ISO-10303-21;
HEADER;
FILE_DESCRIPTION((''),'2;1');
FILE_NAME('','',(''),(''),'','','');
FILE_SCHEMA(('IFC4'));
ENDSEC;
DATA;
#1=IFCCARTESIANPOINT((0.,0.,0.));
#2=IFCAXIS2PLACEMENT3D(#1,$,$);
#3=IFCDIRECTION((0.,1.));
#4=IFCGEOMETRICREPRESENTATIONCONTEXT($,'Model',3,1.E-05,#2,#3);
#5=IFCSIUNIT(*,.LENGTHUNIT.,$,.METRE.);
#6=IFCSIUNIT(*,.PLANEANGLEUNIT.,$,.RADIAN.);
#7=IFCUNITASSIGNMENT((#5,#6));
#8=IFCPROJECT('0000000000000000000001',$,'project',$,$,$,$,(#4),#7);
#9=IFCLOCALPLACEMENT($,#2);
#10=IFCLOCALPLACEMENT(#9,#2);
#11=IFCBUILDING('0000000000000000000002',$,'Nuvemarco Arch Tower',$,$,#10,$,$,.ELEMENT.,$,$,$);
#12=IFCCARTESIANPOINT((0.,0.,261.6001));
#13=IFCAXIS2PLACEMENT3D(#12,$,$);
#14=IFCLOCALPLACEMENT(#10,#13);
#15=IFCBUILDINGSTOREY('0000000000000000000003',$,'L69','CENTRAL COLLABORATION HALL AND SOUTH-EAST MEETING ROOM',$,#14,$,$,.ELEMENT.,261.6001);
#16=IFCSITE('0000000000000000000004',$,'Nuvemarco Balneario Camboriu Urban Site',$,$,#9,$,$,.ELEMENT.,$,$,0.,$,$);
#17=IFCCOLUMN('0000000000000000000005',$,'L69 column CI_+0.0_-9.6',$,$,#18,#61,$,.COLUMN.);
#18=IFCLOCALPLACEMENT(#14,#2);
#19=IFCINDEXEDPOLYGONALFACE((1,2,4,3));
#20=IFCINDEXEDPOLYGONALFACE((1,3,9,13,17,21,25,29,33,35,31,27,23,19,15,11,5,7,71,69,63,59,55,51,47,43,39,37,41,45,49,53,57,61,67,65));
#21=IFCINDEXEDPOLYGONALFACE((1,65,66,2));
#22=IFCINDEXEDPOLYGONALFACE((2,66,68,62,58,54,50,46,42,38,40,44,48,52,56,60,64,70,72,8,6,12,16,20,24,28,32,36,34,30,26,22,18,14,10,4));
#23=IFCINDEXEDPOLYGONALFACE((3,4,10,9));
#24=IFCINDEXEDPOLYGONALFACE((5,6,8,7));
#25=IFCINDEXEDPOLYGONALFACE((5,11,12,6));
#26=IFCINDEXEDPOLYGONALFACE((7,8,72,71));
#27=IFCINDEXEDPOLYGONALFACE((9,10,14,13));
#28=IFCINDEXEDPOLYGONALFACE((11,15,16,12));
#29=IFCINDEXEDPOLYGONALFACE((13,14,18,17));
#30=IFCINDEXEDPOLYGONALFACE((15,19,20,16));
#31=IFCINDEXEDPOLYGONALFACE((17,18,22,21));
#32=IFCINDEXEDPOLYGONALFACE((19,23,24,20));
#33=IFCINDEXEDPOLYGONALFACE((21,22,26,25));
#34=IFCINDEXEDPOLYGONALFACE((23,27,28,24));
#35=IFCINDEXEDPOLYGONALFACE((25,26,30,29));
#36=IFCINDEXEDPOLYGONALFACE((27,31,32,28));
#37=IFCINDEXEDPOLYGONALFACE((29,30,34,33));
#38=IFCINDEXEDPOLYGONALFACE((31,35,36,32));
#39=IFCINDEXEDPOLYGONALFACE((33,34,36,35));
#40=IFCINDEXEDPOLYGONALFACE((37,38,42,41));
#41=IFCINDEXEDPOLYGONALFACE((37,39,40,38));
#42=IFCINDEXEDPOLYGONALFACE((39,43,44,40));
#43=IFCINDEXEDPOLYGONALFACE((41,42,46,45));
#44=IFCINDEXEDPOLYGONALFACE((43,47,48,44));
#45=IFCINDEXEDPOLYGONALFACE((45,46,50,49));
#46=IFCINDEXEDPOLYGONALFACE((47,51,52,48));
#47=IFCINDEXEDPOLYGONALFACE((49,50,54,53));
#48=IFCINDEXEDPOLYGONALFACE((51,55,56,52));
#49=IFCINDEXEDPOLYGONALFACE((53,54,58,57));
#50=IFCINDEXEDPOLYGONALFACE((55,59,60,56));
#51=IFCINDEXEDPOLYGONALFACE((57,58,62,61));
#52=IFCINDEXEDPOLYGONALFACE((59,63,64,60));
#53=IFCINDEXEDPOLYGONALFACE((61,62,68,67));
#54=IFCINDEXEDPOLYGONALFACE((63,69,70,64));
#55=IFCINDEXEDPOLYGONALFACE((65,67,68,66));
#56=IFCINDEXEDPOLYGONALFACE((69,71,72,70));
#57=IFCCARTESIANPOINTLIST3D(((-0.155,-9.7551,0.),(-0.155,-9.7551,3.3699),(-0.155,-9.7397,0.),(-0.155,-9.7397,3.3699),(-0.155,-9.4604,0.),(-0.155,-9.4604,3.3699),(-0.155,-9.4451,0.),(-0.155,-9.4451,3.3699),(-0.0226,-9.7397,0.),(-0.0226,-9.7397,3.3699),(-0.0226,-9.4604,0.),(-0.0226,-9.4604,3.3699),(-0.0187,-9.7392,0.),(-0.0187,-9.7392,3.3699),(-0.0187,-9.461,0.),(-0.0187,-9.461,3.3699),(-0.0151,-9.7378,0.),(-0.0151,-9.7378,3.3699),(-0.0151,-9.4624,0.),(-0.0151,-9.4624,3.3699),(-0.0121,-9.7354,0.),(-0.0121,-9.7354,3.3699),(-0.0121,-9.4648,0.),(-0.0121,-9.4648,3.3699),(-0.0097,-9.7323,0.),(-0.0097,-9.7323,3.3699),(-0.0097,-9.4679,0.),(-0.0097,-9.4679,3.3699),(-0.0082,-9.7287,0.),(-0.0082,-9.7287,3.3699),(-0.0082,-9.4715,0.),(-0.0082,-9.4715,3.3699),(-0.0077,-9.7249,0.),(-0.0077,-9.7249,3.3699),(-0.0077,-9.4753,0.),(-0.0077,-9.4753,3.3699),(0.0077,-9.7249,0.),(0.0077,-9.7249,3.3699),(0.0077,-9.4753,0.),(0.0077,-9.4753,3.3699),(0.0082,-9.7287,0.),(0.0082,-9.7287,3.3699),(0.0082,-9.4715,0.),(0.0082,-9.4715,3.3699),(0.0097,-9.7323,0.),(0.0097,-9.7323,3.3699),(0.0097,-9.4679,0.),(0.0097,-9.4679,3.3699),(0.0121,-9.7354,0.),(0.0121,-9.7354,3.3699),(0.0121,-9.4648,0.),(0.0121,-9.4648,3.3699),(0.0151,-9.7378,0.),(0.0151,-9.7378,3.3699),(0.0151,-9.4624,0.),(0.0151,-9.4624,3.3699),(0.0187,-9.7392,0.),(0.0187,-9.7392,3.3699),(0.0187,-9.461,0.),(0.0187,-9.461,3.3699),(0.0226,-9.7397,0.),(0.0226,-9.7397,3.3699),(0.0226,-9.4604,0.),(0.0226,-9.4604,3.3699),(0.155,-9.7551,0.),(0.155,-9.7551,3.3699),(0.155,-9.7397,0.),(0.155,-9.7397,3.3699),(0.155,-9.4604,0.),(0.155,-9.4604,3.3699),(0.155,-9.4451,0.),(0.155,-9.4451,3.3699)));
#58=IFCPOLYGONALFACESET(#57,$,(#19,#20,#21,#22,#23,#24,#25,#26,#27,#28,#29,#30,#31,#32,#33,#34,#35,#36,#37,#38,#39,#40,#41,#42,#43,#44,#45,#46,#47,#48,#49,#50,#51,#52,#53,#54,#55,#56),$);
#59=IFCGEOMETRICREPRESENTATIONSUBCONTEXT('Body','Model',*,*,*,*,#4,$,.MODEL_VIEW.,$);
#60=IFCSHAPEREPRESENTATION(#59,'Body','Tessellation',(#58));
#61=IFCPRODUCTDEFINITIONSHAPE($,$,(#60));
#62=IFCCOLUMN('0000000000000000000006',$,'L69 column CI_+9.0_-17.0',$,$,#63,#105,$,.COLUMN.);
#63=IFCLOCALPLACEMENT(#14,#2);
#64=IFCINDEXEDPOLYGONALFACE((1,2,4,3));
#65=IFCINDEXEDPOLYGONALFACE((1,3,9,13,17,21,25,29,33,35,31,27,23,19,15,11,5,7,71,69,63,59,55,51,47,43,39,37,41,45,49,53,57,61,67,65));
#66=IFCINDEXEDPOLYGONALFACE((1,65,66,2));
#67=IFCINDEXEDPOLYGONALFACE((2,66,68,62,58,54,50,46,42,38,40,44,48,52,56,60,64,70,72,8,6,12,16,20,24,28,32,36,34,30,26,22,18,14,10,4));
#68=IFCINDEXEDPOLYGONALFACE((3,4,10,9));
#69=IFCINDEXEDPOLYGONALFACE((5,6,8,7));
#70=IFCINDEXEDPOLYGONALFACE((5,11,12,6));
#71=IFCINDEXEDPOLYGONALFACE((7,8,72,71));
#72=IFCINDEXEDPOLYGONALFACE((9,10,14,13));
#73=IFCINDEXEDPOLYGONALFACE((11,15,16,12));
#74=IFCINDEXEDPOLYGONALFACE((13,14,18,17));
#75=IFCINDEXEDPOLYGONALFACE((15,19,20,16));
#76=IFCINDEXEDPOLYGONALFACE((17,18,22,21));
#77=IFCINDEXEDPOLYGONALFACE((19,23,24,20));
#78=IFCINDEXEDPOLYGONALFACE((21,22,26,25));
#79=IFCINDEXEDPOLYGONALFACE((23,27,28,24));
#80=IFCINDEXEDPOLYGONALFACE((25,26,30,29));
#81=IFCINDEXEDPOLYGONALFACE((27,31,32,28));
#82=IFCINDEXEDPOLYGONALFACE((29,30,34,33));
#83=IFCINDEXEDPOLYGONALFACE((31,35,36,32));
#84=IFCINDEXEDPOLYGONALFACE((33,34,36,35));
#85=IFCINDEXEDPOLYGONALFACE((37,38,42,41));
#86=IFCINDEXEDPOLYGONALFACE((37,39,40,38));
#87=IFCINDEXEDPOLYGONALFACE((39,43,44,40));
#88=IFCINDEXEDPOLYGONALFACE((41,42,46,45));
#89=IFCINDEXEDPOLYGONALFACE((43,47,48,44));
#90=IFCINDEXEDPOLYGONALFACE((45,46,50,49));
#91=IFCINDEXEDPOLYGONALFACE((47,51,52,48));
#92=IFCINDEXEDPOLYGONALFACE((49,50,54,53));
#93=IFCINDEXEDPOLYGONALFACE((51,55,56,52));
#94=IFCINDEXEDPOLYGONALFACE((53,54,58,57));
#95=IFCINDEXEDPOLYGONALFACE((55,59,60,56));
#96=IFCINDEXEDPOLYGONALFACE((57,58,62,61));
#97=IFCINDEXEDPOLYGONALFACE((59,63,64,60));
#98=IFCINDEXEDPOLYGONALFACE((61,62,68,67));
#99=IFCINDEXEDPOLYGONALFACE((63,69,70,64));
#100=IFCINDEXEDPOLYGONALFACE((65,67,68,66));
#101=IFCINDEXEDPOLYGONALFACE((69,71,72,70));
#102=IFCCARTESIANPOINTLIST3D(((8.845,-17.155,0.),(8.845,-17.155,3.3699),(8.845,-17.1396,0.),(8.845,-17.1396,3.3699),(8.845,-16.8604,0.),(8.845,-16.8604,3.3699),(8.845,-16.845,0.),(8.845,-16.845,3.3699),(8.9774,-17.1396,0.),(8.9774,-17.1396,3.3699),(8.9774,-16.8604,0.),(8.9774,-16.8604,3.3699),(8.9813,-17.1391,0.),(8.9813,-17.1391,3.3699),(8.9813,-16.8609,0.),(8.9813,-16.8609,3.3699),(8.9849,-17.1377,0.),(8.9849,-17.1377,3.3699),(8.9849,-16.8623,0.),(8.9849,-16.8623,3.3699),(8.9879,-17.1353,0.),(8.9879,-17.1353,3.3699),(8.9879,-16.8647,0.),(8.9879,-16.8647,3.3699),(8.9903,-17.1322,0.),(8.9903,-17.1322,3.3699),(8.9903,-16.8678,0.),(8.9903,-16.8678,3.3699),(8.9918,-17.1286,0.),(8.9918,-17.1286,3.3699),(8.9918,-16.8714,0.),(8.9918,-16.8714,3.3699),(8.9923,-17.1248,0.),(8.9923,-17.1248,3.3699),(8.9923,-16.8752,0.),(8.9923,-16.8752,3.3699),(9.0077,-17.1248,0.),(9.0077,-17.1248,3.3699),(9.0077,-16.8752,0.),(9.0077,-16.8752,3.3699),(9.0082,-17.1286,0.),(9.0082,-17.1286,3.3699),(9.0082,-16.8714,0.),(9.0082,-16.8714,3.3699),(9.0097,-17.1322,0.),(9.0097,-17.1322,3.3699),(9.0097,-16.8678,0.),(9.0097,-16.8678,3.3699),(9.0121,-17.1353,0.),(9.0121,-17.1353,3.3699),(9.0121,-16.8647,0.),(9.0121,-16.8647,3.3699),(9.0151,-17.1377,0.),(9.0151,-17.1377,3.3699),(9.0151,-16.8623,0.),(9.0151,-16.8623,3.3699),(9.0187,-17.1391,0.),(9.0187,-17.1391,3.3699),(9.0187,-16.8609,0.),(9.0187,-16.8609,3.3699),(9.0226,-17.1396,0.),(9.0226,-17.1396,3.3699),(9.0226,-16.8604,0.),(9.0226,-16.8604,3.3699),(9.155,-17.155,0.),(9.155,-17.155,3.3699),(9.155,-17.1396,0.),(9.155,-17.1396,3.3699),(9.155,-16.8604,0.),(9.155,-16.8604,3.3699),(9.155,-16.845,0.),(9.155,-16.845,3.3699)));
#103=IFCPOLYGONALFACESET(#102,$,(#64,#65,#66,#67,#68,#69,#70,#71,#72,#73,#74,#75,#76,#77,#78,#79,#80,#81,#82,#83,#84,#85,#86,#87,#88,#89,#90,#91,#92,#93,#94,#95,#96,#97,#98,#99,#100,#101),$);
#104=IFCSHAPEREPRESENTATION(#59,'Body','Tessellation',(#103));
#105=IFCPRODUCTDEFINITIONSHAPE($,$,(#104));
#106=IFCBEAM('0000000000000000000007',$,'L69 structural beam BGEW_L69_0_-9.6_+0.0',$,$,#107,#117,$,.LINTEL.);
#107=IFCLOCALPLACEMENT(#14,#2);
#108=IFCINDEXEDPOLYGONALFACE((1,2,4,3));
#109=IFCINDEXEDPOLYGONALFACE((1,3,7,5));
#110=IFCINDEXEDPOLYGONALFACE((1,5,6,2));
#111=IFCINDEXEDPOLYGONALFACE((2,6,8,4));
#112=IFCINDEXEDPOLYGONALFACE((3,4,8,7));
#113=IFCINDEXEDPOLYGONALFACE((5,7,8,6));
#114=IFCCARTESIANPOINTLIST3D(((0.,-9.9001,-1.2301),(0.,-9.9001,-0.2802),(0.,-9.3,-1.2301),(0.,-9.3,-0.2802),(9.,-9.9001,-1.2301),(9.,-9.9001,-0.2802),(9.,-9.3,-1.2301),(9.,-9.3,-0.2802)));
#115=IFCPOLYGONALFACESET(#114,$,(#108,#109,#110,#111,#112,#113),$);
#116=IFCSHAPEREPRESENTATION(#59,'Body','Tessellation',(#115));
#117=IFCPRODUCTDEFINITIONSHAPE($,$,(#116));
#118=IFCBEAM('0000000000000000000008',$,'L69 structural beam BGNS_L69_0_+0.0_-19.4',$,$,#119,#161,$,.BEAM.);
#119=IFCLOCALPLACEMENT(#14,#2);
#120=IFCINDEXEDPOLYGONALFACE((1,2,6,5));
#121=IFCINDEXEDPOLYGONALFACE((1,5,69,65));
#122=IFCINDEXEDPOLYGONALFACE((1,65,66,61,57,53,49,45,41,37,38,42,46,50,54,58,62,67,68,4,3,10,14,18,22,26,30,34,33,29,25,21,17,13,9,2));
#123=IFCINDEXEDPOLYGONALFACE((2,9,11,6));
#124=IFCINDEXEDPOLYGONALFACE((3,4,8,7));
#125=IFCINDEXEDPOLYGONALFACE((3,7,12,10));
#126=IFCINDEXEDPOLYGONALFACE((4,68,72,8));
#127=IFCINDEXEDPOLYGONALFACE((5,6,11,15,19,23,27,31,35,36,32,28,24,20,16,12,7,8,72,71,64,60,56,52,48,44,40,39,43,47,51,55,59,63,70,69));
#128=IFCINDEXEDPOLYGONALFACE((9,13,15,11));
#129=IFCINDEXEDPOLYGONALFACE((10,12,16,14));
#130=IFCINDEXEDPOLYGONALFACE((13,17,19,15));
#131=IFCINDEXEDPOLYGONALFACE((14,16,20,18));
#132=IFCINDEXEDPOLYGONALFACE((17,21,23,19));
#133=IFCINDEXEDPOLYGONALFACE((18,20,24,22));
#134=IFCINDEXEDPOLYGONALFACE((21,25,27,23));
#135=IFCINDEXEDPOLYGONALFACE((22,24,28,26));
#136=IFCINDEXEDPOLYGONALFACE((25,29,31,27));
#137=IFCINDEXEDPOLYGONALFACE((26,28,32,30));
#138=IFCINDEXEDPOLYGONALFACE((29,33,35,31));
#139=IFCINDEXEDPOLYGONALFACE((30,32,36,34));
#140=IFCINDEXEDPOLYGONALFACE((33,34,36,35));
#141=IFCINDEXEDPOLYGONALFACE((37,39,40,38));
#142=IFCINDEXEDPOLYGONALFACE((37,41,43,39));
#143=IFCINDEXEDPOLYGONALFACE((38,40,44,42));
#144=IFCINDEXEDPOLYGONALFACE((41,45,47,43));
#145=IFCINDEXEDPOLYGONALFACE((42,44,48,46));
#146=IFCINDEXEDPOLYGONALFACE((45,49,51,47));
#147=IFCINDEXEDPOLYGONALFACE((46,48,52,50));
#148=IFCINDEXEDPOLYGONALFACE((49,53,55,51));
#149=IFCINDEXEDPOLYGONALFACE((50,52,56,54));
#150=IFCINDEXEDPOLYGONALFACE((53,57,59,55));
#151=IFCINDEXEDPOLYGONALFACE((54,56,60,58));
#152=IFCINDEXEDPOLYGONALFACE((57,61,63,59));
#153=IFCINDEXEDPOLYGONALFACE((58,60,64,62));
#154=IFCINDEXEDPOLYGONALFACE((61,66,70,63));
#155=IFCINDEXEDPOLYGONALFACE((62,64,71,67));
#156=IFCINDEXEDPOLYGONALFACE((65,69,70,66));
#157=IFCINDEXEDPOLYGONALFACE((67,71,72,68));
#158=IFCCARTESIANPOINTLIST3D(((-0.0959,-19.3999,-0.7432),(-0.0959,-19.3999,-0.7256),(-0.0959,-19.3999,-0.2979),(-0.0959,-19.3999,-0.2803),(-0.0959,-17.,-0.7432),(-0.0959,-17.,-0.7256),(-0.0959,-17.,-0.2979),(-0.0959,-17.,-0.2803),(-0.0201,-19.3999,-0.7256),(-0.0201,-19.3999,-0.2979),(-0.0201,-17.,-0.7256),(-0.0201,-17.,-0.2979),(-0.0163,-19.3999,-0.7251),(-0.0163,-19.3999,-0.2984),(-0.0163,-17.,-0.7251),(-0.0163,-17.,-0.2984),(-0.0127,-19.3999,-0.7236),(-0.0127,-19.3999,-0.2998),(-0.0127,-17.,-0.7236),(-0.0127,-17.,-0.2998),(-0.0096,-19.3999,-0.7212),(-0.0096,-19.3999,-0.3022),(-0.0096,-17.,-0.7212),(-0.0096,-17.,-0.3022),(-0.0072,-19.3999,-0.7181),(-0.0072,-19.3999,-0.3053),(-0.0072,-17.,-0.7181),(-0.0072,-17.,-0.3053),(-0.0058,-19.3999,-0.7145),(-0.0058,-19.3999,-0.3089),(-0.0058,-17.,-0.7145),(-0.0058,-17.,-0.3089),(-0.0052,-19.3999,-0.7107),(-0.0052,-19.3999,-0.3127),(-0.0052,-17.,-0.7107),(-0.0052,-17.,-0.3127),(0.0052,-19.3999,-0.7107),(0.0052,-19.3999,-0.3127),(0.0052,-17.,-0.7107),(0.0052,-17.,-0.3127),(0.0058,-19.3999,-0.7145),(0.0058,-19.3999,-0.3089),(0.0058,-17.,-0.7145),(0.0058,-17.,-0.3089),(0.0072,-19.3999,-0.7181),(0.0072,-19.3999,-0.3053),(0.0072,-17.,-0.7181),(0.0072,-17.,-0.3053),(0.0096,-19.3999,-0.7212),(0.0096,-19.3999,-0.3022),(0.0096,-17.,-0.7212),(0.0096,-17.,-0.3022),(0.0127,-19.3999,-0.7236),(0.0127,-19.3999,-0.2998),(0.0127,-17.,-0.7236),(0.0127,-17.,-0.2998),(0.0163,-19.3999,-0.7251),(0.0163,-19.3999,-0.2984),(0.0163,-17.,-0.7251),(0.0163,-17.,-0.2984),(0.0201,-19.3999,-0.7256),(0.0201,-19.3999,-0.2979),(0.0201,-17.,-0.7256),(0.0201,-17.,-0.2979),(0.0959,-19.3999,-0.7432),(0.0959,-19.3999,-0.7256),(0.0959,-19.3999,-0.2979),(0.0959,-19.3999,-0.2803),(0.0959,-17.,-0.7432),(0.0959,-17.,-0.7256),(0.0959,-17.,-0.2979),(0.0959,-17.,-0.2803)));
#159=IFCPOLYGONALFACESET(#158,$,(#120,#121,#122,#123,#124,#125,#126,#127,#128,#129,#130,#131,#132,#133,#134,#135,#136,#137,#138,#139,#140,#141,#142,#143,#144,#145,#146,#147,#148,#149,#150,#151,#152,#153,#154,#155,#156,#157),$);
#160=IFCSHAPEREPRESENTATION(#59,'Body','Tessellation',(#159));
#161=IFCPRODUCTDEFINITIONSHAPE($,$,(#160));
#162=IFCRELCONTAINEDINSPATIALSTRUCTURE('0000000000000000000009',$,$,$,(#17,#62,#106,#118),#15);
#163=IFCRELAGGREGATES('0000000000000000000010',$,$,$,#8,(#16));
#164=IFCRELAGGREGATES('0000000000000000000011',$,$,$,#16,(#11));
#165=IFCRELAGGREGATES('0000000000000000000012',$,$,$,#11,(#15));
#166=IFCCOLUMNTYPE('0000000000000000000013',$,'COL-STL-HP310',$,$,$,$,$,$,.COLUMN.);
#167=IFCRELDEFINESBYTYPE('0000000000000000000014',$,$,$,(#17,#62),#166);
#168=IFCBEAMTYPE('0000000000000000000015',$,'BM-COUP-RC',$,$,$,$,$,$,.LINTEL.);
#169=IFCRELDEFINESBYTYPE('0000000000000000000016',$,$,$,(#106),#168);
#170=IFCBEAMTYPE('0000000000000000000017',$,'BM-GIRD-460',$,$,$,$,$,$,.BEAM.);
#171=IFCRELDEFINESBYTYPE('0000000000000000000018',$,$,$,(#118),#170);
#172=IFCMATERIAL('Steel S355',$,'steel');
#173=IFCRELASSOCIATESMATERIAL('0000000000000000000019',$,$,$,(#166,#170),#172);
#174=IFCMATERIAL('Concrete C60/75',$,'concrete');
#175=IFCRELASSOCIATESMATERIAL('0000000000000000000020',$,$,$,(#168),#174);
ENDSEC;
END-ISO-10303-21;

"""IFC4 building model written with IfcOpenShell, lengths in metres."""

from ifc_helpers import new_model, si_unit, direction, frame, origin, origin_2d, place, context, subcontext, project, spatial, rectangle, i_section, extrude, material, material_profile, profile_set, type_object, element, save


model = new_model("IFC4")

# Units and contexts
model_context = context("Model", 3, precision=1e-05, world=origin(), true_north=direction((0.0, 1.0)))
body_context = subcontext(model_context, "Body", "Model", "MODEL_VIEW")
ifc_project = project(units=[si_unit("LENGTHUNIT", "METRE"), si_unit("PLANEANGLEUNIT", "RADIAN")], contexts=[model_context])

# Site, building, storey
site_placement = place(None, origin())
site = spatial("IfcSite", under=ifc_project, at=site_placement, Name="Nuvemarco Balneario Camboriu Urban Site", CompositionType="ELEMENT", RefElevation=0.0)
building_placement = place(site_placement, origin())
building = spatial("IfcBuilding", under=site, at=building_placement, Name="Nuvemarco Arch Tower", CompositionType="ELEMENT")
storey_placement = place(building_placement, frame((0.0, 0.0, 261.6001)))
storey = spatial("IfcBuildingStorey", under=building, at=storey_placement, Name="L69", Description="CENTRAL COLLABORATION HALL AND SOUTH-EAST MEETING ROOM", CompositionType="ELEMENT", Elevation=261.6001)

# Columns
ifc_material_1 = material(Name="Steel S355", Category="steel")
ifc_material_profile_1 = material_profile(ifc_material_1, i_section(OverallWidth=0.3101, OverallDepth=0.3101, WebThickness=0.0154, FlangeThickness=0.0154, FilletRadius=0.0149, at=origin_2d()), Name="HP310x110")
ifc_profile_set_1 = profile_set([ifc_material_profile_1], Name="Steel S355")
column_type_1 = type_object("IfcColumnType", Name="COL-STL-HP310", PredefinedType="COLUMN", material=ifc_profile_set_1)
for number, where, z_axis, x_axis, name in (
    (1, (0.0, -9.6001, 0.0), (0.0, 0.0, 1.0), (1.0, 0.0, 0.0), "L69 column CI_+0.0_-9.6"),
    (2, (9.0, -17.0, 0.0), (0.0, 0.0, 1.0), (1.0, 0.0, 0.0), "L69 column CI_+9.0_-17.0"),
):
    element("IfcColumn", number, at=place(storey_placement, frame(where, z_axis=z_axis, x_axis=x_axis)), inside=storey, type_object=column_type_1, Name=name, PredefinedType="COLUMN", context=body_context, shape_type="SweptSolid", body=[
        extrude(i_section(OverallWidth=0.3101, OverallDepth=0.3101, WebThickness=0.0154, FlangeThickness=0.0154, FilletRadius=0.0149, at=origin_2d()), origin(), (0.0, 0.0, 1.0), 3.3699),
    ])

# Beams
ifc_material_2 = material(Name="Concrete C60/75", Category="concrete")
ifc_material_profile_2 = material_profile(ifc_material_2, rectangle(XDim=0.6001, YDim=0.95, at=origin_2d()), Name="RC-BM-600x950")
ifc_profile_set_2 = profile_set([ifc_material_profile_2], Name="Concrete C60/75")
beam_type_1 = type_object("IfcBeamType", Name="BM-COUP-RC", PredefinedType="LINTEL", material=ifc_profile_set_2)
beam_1_placement = place(storey_placement, frame((0.0, -9.6001, -0.7551), z_axis=(1.0, 0.0, 0.0), x_axis=(0.0, 1.0, 0.0)))
element("IfcBeam", 3, at=beam_1_placement, inside=storey, type_object=beam_type_1, Name="L69 structural beam BGEW_L69_0_-9.6_+0.0", PredefinedType="LINTEL", context=body_context, shape_type="SweptSolid", body=[
    extrude(rectangle(XDim=0.6001, YDim=0.95, at=origin_2d()), origin(), (0.0, 0.0, 1.0), 9.0),
])
ifc_material_profile_3 = material_profile(ifc_material_1, i_section(OverallWidth=0.1919, OverallDepth=0.4629, WebThickness=0.0105, FlangeThickness=0.0176, FilletRadius=0.0149, at=origin_2d()), Name="W460x89")
ifc_profile_set_3 = profile_set([ifc_material_profile_3], Name="Steel S355")
beam_type_2 = type_object("IfcBeamType", Name="BM-GIRD-460", PredefinedType="BEAM", material=ifc_profile_set_3)
beam_2_placement = place(storey_placement, frame((0.0, -19.3999, -0.5117), z_axis=(0.0, 1.0, 0.0), x_axis=(-1.0, 0.0, 0.0)))
element("IfcBeam", 4, at=beam_2_placement, inside=storey, type_object=beam_type_2, Name="L69 structural beam BGNS_L69_0_+0.0_-19.4", PredefinedType="BEAM", context=body_context, shape_type="SweptSolid", body=[
    extrude(i_section(OverallWidth=0.1919, OverallDepth=0.4629, WebThickness=0.0105, FlangeThickness=0.0176, FilletRadius=0.0149, at=origin_2d()), origin(), (0.0, 0.0, 1.0), 2.3999),
])

save(model, "model.ifc")
